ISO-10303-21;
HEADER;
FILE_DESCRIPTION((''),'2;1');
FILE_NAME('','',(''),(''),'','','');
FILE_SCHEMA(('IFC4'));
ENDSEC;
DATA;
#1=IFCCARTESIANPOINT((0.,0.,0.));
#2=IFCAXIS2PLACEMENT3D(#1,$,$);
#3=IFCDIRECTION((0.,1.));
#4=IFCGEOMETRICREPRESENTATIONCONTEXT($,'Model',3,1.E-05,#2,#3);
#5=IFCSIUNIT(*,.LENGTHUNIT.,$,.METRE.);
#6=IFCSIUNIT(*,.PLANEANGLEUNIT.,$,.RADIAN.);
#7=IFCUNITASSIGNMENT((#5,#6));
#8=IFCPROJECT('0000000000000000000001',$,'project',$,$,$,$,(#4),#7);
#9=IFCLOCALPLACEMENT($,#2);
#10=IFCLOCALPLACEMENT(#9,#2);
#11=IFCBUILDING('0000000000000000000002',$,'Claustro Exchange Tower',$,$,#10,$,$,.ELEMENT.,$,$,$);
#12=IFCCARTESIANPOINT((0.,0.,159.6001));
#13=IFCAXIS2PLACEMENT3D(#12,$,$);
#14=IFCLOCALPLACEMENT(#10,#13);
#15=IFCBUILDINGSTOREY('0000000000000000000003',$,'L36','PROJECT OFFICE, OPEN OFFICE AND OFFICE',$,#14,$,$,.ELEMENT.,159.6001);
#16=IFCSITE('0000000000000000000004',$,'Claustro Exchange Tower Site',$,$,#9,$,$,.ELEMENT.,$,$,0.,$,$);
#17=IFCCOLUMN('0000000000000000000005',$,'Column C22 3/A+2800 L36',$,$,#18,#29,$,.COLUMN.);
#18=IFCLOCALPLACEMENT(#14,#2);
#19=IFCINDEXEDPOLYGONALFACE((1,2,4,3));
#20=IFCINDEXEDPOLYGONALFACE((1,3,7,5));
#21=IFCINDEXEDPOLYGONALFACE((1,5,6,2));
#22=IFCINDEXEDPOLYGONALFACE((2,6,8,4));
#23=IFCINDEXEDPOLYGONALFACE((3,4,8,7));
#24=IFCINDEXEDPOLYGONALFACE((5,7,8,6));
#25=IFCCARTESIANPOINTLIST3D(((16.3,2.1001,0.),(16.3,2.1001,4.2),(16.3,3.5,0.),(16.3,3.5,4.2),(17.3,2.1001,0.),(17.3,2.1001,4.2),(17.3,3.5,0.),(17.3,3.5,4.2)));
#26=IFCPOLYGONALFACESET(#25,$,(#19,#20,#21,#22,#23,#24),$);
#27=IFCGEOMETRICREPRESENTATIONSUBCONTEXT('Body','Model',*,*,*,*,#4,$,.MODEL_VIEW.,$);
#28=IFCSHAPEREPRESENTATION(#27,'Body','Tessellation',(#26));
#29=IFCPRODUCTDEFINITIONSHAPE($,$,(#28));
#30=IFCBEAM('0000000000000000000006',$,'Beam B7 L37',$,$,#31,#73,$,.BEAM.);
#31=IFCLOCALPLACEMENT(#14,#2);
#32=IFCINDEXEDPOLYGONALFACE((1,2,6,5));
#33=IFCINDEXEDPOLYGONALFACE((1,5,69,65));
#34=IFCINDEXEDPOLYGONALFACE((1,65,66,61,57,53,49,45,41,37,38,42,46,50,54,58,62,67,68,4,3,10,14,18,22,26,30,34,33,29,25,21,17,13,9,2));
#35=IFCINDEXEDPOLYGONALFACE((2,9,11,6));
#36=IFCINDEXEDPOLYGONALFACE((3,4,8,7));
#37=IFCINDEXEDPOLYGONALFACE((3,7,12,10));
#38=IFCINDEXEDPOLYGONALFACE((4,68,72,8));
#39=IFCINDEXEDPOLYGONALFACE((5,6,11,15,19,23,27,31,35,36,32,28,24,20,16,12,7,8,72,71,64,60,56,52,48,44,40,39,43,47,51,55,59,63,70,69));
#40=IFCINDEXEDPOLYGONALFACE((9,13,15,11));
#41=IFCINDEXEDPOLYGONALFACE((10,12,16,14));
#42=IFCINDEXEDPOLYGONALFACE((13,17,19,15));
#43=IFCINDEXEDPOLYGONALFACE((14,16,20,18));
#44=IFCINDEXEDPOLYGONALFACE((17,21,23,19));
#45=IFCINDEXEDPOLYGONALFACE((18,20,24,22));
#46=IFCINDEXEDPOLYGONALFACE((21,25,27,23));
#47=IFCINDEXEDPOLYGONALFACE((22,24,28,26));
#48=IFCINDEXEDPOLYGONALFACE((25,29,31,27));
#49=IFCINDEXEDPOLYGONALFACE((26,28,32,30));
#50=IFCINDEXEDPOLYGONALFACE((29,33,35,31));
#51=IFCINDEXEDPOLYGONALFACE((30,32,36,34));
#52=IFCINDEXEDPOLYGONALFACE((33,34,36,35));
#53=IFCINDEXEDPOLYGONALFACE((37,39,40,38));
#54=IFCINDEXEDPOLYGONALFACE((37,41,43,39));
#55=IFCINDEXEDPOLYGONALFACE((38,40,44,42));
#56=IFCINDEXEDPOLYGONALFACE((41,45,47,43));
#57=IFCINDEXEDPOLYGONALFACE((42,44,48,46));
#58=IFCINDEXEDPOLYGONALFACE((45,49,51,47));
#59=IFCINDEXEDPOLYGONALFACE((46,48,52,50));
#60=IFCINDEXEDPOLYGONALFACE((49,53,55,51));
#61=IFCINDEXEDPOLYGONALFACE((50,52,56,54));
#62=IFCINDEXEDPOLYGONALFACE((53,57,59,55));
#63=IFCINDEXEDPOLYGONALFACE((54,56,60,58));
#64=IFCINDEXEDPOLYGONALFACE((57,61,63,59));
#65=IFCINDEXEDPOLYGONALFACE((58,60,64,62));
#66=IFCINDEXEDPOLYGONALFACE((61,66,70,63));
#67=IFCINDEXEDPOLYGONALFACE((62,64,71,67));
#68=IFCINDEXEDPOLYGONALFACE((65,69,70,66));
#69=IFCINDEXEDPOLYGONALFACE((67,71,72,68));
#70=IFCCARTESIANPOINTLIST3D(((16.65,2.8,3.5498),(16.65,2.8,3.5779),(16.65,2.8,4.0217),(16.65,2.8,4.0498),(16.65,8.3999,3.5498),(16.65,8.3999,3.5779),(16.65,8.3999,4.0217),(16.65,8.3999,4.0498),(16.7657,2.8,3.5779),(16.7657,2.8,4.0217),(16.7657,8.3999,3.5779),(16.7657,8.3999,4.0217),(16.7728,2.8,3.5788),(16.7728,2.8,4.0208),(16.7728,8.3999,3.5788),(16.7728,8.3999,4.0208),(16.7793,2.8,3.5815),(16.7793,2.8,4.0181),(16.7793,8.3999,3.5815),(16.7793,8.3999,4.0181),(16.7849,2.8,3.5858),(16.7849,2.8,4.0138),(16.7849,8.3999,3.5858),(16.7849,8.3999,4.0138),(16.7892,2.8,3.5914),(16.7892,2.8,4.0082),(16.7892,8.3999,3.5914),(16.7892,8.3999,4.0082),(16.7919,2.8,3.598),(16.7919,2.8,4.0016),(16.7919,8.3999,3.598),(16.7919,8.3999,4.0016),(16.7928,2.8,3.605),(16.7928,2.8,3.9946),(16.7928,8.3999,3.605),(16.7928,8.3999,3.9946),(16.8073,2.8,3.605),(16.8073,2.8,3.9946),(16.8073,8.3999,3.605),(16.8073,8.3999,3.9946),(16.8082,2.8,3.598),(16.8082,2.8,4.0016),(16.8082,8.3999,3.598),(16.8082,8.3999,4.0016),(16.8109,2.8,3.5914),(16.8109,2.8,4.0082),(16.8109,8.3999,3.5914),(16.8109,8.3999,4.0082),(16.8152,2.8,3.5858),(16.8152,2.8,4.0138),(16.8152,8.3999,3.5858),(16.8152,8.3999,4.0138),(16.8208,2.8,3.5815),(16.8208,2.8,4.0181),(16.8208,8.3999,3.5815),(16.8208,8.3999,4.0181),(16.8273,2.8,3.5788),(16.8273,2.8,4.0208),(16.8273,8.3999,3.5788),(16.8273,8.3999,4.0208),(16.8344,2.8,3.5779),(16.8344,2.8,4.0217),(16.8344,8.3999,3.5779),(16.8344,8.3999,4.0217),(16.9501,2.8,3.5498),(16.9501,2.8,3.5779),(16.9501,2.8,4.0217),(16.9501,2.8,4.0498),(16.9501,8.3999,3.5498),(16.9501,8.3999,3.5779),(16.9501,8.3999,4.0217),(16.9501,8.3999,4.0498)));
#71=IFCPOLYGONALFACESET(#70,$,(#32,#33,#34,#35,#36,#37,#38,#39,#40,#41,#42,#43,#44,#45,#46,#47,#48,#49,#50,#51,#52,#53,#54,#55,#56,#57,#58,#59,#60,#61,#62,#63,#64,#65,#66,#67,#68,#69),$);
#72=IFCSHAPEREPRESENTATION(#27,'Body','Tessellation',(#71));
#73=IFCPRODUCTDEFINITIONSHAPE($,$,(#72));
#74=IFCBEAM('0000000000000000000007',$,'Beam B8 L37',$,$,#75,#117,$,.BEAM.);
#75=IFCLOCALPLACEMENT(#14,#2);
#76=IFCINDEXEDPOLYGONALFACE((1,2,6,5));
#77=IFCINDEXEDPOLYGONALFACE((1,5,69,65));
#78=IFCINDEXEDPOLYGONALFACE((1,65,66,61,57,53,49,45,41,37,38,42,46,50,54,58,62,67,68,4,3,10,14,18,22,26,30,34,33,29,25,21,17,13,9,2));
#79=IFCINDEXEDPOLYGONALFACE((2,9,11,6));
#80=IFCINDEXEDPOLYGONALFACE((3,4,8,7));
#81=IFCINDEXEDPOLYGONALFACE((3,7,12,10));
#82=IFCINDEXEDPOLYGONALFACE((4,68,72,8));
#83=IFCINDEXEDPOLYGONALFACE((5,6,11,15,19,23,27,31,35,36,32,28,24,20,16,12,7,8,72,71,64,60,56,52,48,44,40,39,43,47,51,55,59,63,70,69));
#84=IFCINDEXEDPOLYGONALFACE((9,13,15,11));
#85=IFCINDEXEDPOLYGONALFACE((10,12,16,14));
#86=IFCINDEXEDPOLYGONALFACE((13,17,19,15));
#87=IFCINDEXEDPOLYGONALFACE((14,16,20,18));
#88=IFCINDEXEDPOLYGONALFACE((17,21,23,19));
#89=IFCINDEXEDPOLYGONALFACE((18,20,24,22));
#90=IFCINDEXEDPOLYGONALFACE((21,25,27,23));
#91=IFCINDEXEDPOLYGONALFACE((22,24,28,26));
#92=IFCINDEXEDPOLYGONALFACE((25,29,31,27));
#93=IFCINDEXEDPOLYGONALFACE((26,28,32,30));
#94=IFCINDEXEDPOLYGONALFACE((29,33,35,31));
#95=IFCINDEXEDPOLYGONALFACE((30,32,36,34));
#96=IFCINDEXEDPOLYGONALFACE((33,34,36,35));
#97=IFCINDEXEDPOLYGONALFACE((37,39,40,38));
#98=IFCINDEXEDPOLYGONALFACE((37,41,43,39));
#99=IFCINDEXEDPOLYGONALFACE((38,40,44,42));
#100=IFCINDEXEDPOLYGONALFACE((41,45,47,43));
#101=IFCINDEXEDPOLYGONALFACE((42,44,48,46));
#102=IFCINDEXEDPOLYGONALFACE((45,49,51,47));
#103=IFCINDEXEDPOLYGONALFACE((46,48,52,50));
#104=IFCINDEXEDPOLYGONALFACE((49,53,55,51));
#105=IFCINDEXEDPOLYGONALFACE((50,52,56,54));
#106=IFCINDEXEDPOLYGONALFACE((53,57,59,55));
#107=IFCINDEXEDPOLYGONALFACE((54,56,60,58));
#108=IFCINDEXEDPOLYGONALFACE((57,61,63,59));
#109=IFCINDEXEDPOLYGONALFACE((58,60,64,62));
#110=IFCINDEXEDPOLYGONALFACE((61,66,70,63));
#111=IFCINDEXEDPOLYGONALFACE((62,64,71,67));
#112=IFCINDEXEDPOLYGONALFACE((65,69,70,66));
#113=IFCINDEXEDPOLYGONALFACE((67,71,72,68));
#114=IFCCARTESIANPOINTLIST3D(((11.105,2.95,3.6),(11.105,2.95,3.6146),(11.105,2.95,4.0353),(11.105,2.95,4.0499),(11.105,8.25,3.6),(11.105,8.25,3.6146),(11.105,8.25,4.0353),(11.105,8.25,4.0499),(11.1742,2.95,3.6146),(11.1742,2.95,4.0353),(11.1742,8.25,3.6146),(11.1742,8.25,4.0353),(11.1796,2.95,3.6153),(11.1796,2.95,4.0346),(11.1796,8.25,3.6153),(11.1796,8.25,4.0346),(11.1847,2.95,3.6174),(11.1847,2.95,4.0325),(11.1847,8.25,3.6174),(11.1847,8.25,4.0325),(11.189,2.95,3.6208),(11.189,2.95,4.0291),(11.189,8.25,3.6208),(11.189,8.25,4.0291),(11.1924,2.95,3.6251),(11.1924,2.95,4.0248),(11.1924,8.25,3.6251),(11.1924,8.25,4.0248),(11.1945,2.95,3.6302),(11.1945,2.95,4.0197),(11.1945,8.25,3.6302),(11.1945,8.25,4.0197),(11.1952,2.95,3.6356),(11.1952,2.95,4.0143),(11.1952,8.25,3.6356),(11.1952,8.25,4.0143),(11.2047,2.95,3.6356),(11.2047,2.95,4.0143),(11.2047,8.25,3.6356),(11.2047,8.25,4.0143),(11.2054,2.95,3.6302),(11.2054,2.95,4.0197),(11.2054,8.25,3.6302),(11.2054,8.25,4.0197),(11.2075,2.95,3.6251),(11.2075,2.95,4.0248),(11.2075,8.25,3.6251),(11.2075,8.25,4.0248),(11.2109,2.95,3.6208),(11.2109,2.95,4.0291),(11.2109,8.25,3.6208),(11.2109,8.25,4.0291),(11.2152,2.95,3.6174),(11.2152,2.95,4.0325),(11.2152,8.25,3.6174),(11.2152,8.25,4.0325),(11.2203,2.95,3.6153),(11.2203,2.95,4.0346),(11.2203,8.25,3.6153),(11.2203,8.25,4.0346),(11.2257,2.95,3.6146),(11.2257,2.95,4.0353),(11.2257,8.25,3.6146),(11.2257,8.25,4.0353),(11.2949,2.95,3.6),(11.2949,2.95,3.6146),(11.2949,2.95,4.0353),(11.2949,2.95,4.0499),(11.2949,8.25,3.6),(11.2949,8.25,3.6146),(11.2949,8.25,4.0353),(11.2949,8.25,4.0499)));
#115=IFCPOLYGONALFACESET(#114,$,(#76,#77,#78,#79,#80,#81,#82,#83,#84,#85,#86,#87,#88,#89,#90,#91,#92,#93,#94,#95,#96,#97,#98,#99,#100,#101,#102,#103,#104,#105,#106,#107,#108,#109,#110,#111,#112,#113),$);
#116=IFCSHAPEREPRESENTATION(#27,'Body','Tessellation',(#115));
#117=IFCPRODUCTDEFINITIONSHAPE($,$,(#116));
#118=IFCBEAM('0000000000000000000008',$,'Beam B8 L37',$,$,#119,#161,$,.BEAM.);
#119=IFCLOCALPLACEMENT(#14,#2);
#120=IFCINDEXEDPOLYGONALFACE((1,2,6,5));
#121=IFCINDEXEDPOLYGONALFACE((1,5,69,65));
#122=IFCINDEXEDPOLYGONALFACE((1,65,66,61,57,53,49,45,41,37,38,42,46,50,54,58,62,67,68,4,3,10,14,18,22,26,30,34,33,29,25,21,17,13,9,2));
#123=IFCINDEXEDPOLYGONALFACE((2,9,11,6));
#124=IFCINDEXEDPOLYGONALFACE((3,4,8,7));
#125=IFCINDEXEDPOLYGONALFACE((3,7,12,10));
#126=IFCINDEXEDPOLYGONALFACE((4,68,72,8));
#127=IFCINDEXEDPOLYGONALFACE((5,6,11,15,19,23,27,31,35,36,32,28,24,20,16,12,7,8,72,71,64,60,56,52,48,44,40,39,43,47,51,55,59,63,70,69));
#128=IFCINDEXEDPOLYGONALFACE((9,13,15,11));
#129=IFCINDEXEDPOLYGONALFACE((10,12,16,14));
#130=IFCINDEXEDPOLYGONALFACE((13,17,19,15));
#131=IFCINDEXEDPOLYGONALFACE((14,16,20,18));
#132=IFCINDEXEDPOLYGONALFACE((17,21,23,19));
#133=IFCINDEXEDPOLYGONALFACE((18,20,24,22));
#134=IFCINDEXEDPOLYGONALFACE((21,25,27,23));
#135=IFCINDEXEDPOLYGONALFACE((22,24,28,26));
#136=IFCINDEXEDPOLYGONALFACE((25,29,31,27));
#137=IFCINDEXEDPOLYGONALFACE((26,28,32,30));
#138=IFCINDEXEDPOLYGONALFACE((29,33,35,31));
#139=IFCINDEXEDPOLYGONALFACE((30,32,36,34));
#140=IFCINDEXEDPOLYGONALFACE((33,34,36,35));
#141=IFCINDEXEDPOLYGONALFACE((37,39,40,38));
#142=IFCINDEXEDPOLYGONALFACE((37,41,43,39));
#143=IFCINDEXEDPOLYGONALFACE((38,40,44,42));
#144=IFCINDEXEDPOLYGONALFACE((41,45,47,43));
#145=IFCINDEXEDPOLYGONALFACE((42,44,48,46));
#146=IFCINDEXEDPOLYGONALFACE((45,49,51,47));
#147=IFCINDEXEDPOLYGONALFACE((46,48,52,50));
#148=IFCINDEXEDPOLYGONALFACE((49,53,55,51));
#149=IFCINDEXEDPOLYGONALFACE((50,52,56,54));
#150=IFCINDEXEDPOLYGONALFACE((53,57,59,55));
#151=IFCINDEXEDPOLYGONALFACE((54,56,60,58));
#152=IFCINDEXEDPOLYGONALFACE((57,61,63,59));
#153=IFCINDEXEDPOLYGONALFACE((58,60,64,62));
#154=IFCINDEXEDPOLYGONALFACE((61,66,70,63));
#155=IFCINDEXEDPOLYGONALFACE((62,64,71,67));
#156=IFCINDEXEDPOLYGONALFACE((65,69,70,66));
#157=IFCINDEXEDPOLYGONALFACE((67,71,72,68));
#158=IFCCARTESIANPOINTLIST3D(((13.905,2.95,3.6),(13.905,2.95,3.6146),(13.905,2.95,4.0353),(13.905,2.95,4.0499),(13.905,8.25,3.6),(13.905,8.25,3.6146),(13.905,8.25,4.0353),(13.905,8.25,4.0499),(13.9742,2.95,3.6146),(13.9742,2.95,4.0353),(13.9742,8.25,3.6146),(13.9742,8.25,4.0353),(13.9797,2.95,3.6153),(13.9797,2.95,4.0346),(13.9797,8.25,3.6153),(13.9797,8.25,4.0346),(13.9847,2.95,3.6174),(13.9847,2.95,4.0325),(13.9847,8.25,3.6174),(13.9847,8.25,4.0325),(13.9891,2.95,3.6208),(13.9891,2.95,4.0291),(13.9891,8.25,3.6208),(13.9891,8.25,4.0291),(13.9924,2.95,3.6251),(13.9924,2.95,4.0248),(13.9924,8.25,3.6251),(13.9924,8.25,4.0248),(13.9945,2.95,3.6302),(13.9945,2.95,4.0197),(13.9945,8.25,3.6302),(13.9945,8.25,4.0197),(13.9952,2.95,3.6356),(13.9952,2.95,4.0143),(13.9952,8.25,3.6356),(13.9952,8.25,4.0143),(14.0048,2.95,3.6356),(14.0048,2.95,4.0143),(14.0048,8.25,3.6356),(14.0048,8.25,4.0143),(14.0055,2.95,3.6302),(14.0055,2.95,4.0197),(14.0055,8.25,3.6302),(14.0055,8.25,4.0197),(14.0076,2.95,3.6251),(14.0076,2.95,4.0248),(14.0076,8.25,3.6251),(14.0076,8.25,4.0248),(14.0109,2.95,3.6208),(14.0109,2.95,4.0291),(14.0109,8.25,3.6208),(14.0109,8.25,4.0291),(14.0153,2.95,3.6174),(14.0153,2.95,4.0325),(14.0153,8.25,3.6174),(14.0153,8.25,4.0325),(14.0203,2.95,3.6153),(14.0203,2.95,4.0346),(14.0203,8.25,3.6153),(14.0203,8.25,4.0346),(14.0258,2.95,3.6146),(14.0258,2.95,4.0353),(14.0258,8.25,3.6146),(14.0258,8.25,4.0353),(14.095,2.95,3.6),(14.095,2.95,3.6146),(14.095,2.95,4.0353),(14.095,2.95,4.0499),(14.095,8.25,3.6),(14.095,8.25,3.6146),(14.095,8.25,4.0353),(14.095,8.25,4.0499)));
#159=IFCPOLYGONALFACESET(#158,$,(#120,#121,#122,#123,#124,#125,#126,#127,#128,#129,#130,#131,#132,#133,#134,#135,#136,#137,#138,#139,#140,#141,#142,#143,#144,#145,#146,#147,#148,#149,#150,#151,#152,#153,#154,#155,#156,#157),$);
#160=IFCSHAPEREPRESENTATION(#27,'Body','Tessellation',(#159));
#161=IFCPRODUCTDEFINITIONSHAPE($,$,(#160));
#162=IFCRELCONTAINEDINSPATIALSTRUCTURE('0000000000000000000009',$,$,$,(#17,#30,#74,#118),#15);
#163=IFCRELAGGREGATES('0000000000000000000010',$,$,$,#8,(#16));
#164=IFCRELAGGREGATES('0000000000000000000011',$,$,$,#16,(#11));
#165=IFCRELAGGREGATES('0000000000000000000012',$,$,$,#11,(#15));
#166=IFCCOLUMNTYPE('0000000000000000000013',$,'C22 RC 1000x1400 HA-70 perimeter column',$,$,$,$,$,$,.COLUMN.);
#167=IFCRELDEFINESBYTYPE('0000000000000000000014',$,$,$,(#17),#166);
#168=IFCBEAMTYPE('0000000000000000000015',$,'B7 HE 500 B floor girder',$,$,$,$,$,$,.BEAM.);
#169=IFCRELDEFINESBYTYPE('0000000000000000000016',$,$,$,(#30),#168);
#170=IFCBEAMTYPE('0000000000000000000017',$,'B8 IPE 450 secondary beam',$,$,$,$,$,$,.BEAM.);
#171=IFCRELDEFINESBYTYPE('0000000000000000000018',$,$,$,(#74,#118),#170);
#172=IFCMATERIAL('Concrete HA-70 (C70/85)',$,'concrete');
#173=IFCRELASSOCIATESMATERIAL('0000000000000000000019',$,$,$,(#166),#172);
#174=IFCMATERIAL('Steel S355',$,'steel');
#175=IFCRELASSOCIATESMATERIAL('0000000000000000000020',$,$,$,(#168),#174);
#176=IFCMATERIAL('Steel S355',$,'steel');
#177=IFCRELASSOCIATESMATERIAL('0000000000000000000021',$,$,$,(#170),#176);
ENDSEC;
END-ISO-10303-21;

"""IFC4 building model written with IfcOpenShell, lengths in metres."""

from ifc_helpers import new_model, si_unit, direction, frame, origin, origin_2d, place, context, subcontext, project, spatial, rectangle, i_section, extrude, material, material_profile, profile_set, type_object, element, save


model = new_model("IFC4")

# Units and contexts
model_context = context("Model", 3, precision=1e-05, world=origin(), true_north=direction((0.0, 1.0)))
body_context = subcontext(model_context, "Body", "Model", "MODEL_VIEW")
ifc_project = project(units=[si_unit("LENGTHUNIT", "METRE"), si_unit("PLANEANGLEUNIT", "RADIAN")], contexts=[model_context])

# Site, building, storey
site_placement = place(None, origin())
site = spatial("IfcSite", under=ifc_project, at=site_placement, Name="Claustro Exchange Tower Site", CompositionType="ELEMENT", RefElevation=0.0)
building_placement = place(site_placement, origin())
building = spatial("IfcBuilding", under=site, at=building_placement, Name="Claustro Exchange Tower", CompositionType="ELEMENT")
storey_placement = place(building_placement, frame((0.0, 0.0, 159.6001)))
storey = spatial("IfcBuildingStorey", under=building, at=storey_placement, Name="L36", Description="PROJECT OFFICE, OPEN OFFICE AND OFFICE", CompositionType="ELEMENT", Elevation=159.6001)

# Column
ifc_material_1 = material(Name="Concrete HA-70 (C70/85)", Category="concrete")
ifc_material_profile_1 = material_profile(ifc_material_1, rectangle(XDim=1.0, YDim=1.3999, at=origin_2d()), Name="RC 1000x1400")
ifc_profile_set_1 = profile_set([ifc_material_profile_1], Name="Concrete HA-70 (C70/85)")
column_type = type_object("IfcColumnType", Name="C22 RC 1000x1400 HA-70 perimeter column", PredefinedType="COLUMN", material=ifc_profile_set_1)
column_placement = place(storey_placement, frame((16.8, 2.8, 0.0), z_axis=(0.0, 0.0, 1.0), x_axis=(1.0, 0.0, 0.0)))
element("IfcColumn", 1, at=column_placement, inside=storey, type_object=column_type, Name="Column C22 3/A+2800 L36", PredefinedType="COLUMN", context=body_context, shape_type="SweptSolid", body=[
    extrude(rectangle(XDim=1.0, YDim=1.3999, at=origin_2d()), origin(), (0.0, 0.0, 1.0), 4.2),
])

# Beams
ifc_material_2 = material(Name="Steel S355", Category="steel")
ifc_material_profile_2 = material_profile(ifc_material_2, i_section(OverallWidth=0.3, OverallDepth=0.5, WebThickness=0.0144, FlangeThickness=0.0281, FilletRadius=0.0271, at=origin_2d()), Name="HE 500 B")
ifc_profile_set_2 = profile_set([ifc_material_profile_2], Name="Steel S355")
beam_type_1 = type_object("IfcBeamType", Name="B7 HE 500 B floor girder", PredefinedType="BEAM", material=ifc_profile_set_2)
beam_1_placement = place(storey_placement, frame((16.8, 2.8, 3.7998), z_axis=(0.0, 1.0, 0.0), x_axis=(-1.0, 0.0, 0.0)))
element("IfcBeam", 2, at=beam_1_placement, inside=storey, type_object=beam_type_1, Name="Beam B7 L37", PredefinedType="BEAM", context=body_context, shape_type="SweptSolid", body=[
    extrude(i_section(OverallWidth=0.3, OverallDepth=0.5, WebThickness=0.0144, FlangeThickness=0.0281, FilletRadius=0.0271, at=origin_2d()), origin(), (0.0, 0.0, 1.0), 5.5999),
])
ifc_material_3 = material(Name="Steel S355", Category="steel")
ifc_material_profile_3 = material_profile(ifc_material_3, i_section(OverallWidth=0.1899, OverallDepth=0.45, WebThickness=0.0095, FlangeThickness=0.0146, FilletRadius=0.021, at=origin_2d()), Name="IPE 450")
ifc_profile_set_3 = profile_set([ifc_material_profile_3], Name="Steel S355")
beam_type_2 = type_object("IfcBeamType", Name="B8 IPE 450 secondary beam", PredefinedType="BEAM", material=ifc_profile_set_3)
for number, where, z_axis, x_axis, name in (
    (3, (11.2, 2.95, 3.825), (0.0, 1.0, 0.0), (-1.0, 0.0, 0.0), "Beam B8 L37"),
    (4, (14.0, 2.95, 3.825), (0.0, 1.0, 0.0), (-1.0, 0.0, 0.0), "Beam B8 L37"),
):
    element("IfcBeam", number, at=place(storey_placement, frame(where, z_axis=z_axis, x_axis=x_axis)), inside=storey, type_object=beam_type_2, Name=name, PredefinedType="BEAM", context=body_context, shape_type="SweptSolid", body=[
        extrude(i_section(OverallWidth=0.1899, OverallDepth=0.45, WebThickness=0.0095, FlangeThickness=0.0146, FilletRadius=0.021, at=origin_2d()), origin(), (0.0, 0.0, 1.0), 5.3),
    ])

save(model, "model.ifc")
